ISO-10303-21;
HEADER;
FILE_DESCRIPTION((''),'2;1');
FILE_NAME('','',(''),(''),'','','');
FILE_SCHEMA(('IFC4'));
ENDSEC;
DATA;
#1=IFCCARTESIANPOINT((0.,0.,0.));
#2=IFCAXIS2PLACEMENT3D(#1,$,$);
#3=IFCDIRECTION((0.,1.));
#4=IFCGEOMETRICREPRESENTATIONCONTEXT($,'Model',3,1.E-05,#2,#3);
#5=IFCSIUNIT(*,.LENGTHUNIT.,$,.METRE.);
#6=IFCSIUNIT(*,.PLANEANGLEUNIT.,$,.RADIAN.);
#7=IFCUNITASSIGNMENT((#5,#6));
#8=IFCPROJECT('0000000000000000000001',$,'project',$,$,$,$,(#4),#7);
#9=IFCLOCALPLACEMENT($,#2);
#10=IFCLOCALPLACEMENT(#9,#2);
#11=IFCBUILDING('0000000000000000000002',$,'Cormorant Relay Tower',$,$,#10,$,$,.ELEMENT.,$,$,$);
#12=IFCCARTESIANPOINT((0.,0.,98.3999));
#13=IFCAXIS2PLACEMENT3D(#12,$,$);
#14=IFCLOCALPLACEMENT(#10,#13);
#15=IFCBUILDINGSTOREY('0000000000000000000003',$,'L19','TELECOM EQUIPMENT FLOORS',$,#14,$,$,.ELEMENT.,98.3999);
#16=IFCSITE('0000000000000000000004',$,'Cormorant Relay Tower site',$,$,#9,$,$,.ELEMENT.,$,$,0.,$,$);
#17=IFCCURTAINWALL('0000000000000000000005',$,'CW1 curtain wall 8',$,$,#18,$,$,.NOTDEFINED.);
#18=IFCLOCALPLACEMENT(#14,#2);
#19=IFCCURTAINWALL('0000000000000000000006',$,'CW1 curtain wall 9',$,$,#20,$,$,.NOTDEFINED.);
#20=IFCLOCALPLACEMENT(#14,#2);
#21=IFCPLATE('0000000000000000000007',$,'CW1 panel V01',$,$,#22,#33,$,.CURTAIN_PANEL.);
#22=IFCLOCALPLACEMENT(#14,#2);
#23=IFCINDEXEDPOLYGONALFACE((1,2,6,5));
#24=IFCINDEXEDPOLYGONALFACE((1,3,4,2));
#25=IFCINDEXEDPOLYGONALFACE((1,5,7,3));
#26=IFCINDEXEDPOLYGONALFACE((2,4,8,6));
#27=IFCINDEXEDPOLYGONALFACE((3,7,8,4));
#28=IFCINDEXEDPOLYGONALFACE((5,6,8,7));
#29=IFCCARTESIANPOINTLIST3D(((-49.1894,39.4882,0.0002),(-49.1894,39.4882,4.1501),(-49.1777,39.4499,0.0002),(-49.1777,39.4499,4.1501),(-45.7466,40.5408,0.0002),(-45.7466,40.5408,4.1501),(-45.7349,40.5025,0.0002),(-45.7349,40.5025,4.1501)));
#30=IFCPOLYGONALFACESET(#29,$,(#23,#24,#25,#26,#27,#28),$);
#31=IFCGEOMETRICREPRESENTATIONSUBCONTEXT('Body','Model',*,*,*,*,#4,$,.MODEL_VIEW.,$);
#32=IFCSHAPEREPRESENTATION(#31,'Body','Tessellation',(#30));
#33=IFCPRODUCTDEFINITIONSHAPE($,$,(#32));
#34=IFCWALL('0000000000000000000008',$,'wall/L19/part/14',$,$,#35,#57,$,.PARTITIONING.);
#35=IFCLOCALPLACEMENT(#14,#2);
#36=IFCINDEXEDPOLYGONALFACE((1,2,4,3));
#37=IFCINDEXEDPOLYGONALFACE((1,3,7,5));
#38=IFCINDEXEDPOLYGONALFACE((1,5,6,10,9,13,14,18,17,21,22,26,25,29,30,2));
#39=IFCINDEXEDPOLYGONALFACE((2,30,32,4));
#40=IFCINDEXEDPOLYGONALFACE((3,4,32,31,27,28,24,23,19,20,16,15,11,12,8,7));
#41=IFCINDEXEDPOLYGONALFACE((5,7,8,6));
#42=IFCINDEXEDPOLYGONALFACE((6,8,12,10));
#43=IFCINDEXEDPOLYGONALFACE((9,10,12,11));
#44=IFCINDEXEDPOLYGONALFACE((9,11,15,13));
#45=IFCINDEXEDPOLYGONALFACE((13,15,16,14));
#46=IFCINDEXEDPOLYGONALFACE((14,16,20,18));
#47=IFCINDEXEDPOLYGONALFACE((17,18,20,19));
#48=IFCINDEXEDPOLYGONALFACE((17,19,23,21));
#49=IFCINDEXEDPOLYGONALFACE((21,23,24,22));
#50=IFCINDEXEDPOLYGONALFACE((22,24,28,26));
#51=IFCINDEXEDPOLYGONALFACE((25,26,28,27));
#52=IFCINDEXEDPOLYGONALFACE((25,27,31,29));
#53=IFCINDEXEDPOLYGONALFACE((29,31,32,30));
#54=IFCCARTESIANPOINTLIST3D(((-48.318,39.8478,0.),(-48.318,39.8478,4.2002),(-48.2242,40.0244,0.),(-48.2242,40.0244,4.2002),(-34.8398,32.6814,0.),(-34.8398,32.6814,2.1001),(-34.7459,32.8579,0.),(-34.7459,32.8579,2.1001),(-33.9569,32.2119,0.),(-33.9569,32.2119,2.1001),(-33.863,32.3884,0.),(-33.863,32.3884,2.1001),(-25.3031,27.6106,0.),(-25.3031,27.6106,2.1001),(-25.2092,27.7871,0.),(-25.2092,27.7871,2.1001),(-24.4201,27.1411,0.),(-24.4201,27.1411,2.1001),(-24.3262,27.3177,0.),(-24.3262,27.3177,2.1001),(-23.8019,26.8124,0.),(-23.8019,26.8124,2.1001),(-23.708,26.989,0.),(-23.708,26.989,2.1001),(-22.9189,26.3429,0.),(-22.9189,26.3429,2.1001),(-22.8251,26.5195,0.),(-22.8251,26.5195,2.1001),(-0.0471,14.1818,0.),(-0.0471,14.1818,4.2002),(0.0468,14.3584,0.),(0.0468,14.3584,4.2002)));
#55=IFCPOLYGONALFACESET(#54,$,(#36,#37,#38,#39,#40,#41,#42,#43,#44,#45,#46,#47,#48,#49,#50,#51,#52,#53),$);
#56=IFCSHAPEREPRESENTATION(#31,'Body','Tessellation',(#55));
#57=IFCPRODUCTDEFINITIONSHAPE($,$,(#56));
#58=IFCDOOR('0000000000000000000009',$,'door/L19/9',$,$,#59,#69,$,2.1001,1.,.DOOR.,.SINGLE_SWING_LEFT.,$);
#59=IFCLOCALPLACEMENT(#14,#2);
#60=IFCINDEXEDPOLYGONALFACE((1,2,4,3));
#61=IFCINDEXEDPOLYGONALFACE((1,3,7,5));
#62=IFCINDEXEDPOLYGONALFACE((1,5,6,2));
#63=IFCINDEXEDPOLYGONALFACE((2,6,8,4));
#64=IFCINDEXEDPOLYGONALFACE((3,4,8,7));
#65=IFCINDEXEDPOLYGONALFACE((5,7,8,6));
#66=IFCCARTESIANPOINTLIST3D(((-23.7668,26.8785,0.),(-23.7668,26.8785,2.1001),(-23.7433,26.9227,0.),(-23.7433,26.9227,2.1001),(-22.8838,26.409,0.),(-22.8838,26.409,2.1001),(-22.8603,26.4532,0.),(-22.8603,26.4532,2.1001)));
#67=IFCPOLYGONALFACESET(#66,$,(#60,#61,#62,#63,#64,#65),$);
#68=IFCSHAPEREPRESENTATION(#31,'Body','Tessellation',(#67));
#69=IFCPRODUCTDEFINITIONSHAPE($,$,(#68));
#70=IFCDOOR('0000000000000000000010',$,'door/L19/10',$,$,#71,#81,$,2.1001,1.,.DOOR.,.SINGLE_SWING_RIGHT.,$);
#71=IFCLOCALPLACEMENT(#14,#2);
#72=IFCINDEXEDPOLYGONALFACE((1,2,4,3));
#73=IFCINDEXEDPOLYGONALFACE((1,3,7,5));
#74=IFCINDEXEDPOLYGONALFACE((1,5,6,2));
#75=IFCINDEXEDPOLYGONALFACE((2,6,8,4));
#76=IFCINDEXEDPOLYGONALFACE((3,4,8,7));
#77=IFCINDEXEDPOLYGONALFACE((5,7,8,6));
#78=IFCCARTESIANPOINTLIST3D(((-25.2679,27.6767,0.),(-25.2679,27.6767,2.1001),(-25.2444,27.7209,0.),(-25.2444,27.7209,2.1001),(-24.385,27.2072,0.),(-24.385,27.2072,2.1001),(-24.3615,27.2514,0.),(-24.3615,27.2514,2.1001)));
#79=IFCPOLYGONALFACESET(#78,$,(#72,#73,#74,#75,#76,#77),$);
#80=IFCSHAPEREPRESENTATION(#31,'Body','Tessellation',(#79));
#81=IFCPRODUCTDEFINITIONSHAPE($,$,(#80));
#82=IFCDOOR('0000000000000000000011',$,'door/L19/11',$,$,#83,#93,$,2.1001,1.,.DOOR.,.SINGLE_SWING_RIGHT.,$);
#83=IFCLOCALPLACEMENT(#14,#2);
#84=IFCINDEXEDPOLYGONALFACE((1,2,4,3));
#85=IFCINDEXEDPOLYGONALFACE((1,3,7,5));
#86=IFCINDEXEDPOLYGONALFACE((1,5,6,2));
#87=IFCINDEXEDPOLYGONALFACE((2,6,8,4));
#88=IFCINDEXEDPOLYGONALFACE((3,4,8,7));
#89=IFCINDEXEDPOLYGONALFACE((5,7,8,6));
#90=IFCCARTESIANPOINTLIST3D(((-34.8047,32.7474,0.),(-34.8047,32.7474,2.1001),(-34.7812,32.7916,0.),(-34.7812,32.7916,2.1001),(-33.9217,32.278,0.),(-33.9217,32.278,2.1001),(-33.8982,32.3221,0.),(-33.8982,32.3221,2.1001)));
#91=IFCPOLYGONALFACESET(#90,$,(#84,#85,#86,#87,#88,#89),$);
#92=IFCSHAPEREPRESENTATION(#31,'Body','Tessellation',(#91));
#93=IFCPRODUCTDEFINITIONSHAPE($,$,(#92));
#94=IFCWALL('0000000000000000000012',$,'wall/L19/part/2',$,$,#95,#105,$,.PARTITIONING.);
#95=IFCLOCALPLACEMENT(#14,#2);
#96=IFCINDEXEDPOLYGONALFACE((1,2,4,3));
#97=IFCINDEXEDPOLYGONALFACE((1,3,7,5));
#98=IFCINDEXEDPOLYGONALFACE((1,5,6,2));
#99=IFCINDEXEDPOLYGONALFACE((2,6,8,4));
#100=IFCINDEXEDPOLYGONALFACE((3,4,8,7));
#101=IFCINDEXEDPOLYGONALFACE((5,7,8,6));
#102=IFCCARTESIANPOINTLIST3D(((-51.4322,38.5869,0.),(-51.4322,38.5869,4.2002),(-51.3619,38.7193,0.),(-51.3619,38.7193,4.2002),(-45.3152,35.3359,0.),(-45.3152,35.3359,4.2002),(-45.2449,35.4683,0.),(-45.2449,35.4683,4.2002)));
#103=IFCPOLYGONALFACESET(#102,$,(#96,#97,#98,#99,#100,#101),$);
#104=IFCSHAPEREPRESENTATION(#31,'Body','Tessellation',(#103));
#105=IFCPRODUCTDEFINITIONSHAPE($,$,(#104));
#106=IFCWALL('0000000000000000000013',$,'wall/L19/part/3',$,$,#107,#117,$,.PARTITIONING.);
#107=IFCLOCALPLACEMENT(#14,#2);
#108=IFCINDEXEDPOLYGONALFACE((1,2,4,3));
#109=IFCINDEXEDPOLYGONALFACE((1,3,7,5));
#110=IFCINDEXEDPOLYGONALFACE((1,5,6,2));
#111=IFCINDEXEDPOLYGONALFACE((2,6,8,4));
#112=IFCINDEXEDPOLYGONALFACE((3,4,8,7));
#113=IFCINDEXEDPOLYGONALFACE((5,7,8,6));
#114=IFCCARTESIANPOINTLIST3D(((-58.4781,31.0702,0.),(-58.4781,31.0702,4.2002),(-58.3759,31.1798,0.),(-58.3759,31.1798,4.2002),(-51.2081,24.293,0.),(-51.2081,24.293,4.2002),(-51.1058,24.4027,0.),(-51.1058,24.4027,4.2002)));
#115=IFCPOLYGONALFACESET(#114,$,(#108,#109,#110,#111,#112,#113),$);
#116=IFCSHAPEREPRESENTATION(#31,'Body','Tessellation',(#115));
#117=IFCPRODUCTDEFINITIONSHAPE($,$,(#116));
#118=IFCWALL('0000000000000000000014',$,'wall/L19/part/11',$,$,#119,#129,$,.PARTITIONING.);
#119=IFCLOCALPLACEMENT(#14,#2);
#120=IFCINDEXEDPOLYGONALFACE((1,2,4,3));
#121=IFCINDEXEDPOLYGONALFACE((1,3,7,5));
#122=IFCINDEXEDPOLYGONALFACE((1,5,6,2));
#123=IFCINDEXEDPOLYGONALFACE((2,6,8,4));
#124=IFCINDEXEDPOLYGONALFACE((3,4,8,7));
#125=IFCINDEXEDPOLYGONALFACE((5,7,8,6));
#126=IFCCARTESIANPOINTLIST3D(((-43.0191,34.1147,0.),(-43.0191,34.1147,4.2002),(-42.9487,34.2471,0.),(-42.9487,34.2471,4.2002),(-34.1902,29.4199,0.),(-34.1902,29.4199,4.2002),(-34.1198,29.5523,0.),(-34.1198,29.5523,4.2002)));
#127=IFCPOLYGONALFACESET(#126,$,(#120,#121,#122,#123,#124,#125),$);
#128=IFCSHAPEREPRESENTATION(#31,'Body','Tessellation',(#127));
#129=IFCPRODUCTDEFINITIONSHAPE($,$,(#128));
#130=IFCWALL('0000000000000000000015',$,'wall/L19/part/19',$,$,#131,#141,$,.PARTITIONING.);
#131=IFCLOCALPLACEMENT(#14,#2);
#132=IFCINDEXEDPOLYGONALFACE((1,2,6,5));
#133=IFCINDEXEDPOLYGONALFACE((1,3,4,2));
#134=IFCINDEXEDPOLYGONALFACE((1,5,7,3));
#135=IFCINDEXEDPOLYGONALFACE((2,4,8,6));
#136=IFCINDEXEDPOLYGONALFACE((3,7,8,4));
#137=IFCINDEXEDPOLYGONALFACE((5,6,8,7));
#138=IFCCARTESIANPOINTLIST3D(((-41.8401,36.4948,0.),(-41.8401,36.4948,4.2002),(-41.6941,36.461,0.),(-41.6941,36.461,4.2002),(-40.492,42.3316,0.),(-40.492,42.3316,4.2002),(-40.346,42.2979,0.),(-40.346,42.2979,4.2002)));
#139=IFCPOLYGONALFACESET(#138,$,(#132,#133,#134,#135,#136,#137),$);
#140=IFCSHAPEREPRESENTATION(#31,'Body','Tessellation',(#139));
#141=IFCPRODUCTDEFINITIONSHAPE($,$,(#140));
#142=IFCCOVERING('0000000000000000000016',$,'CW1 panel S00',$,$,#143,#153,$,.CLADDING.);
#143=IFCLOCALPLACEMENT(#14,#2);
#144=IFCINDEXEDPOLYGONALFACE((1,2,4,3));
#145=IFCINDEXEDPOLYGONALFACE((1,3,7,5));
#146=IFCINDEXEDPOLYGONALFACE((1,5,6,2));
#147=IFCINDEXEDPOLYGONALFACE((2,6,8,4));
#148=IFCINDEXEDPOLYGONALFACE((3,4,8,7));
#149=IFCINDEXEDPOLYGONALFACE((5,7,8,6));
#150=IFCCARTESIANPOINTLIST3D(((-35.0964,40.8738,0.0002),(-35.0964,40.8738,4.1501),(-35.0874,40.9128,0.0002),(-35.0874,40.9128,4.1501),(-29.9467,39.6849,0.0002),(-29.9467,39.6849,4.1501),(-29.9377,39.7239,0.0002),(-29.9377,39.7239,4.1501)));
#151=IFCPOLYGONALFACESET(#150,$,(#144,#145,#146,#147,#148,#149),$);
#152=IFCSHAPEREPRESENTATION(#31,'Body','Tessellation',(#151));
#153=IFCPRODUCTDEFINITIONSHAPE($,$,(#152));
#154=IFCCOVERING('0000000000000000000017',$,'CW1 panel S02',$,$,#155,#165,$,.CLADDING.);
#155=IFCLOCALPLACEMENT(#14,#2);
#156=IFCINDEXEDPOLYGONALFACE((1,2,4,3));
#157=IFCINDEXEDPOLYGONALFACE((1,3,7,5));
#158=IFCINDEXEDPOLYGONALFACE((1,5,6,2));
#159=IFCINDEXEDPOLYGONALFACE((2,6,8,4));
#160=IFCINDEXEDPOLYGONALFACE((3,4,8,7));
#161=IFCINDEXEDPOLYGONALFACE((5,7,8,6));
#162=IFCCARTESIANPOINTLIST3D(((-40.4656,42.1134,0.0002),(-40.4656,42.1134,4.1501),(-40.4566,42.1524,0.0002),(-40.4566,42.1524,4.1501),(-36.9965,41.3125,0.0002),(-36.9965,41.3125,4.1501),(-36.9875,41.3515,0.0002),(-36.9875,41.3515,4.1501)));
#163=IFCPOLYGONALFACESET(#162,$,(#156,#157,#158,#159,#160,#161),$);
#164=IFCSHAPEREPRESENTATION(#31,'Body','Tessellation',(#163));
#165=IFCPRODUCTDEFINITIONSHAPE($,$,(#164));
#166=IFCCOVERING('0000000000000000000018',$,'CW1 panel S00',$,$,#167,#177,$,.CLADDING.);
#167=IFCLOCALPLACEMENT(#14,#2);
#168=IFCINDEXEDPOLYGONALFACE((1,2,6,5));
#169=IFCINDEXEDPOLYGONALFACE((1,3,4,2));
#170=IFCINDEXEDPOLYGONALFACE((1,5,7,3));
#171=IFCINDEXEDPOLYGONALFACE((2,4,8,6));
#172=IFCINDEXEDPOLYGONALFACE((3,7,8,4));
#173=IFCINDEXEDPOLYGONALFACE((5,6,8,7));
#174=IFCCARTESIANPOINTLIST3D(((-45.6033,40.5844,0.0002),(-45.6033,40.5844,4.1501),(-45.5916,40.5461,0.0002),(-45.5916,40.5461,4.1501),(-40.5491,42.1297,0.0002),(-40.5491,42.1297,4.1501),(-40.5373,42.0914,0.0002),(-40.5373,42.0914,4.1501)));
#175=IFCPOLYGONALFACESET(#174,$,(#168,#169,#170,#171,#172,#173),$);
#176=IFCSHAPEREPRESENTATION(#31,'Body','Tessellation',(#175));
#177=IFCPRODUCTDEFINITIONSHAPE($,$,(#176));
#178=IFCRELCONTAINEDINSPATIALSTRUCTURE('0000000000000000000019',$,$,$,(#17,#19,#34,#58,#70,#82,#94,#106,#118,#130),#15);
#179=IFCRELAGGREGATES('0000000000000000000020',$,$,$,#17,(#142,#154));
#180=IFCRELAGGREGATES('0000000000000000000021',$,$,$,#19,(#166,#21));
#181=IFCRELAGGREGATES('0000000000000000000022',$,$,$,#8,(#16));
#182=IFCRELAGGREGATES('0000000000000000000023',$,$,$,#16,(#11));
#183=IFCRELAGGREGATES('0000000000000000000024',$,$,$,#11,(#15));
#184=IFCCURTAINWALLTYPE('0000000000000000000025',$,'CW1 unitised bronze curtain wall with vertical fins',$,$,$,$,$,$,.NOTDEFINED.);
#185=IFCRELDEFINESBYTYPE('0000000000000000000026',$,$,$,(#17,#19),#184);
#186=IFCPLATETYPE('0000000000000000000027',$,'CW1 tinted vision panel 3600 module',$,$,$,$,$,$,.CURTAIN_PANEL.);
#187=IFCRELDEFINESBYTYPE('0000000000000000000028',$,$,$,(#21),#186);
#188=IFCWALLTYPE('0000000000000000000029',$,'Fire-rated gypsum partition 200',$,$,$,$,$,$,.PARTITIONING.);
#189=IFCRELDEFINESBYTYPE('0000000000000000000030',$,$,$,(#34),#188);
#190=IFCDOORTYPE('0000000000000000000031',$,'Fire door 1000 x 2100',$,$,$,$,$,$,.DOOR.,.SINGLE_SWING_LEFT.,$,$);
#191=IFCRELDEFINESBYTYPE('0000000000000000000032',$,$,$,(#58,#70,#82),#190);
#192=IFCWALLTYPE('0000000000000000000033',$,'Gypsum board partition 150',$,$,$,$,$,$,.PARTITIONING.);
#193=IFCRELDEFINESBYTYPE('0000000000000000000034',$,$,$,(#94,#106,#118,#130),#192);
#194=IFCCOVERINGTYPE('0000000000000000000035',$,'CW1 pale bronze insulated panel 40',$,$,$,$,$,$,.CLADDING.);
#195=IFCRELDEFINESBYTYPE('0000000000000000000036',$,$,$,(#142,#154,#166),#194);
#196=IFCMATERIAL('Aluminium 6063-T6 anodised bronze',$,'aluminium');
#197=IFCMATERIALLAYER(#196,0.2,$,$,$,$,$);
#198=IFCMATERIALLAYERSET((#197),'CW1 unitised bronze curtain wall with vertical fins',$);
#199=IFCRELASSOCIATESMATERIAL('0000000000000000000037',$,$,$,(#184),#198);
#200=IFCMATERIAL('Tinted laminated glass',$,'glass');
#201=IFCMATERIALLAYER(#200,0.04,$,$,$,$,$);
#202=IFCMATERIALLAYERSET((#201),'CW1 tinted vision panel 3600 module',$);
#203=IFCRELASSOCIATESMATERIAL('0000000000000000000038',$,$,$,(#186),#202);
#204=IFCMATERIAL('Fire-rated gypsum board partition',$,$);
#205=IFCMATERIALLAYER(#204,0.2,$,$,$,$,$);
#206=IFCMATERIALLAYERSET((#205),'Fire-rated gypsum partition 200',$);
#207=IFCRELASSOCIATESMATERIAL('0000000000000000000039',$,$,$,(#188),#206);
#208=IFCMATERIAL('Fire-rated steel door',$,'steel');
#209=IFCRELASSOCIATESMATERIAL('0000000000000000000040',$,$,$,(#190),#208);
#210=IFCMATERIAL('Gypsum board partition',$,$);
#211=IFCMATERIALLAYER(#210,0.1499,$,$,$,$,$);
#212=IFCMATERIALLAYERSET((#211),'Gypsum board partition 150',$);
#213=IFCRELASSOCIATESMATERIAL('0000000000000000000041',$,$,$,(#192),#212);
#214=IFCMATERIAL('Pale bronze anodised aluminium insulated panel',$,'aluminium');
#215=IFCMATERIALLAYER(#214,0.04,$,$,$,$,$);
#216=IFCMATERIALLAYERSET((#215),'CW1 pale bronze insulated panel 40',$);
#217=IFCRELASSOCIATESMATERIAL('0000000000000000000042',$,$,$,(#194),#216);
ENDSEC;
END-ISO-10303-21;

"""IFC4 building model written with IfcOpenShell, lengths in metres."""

from ifc_helpers import new_model, si_unit, direction, frame, frame_2d, origin, origin_2d, place, context, subcontext, project, spatial, rectangle, extrude, material, layer, layer_set, type_object, element, fill, aggregate, save


model = new_model("IFC4")

# Units and contexts
model_context = context("Model", 3, precision=1e-05, world=origin(), true_north=direction((0.0, 1.0)))
body_context = subcontext(model_context, "Body", "Model", "MODEL_VIEW")
ifc_project = project(units=[si_unit("LENGTHUNIT", "METRE"), si_unit("PLANEANGLEUNIT", "RADIAN")], contexts=[model_context])

# Site, building, storey
site_placement = place(None, origin())
site = spatial("IfcSite", under=ifc_project, at=site_placement, Name="Cormorant Relay Tower site", CompositionType="ELEMENT", RefElevation=0.0)
building_placement = place(site_placement, origin())
building = spatial("IfcBuilding", under=site, at=building_placement, Name="Cormorant Relay Tower", CompositionType="ELEMENT")
storey_placement = place(building_placement, frame((0.0, 0.0, 98.3999)))
storey = spatial("IfcBuildingStorey", under=building, at=storey_placement, Name="L19", Description="TELECOM EQUIPMENT FLOORS", CompositionType="ELEMENT", Elevation=98.3999)

# Curtain wall
ifc_material_1 = material(Name="Aluminium 6063-T6 anodised bronze", Category="aluminium")
ifc_layer_1 = layer(ifc_material_1, 0.2)
ifc_layer_set_1 = layer_set([ifc_layer_1], Name="CW1 unitised bronze curtain wall with vertical fins")
curtain_wall_type = type_object("IfcCurtainWallType", Name="CW1 unitised bronze curtain wall with vertical fins", PredefinedType="NOTDEFINED", material=ifc_layer_set_1)
curtain_wall_1_placement = place(storey_placement, origin())
curtain_wall_1 = element("IfcCurtainWall", 1, at=curtain_wall_1_placement, inside=storey, type_object=curtain_wall_type, Name="CW1 curtain wall 8", PredefinedType="NOTDEFINED")

# Curtain wall
curtain_wall_2_placement = place(storey_placement, origin())
curtain_wall_2 = element("IfcCurtainWall", 2, at=curtain_wall_2_placement, inside=storey, type_object=curtain_wall_type, Name="CW1 curtain wall 9", PredefinedType="NOTDEFINED")

# Plate
ifc_material_2 = material(Name="Tinted laminated glass", Category="glass")
ifc_layer_2 = layer(ifc_material_2, 0.04)
ifc_layer_set_2 = layer_set([ifc_layer_2], Name="CW1 tinted vision panel 3600 module")
plate_type_1 = type_object("IfcPlateType", Name="CW1 tinted vision panel 3600 module", PredefinedType="CURTAIN_PANEL", material=ifc_layer_set_2)
plate_1_placement = place(storey_placement, frame((-47.4622, 39.9954, 0.0002), z_axis=(0.0, 0.0, 1.0), x_axis=(-0.956305, -0.292372, 0.0)))
plate_1 = element("IfcPlate", 3, at=plate_1_placement, type_object=plate_type_1, Name="CW1 panel V01", PredefinedType="CURTAIN_PANEL", context=body_context, shape_type="SweptSolid", body=[
    extrude(rectangle(XDim=3.6001, YDim=0.04, at=origin_2d()), origin(), (0.0, 0.0, 1.0), 4.1499),
])

# Wall, openings, doors
ifc_material_3 = material(Name="Fire-rated gypsum board partition")
ifc_layer_3 = layer(ifc_material_3, 0.2)
ifc_layer_set_3 = layer_set([ifc_layer_3], Name="Fire-rated gypsum partition 200")
wall_type_1 = type_object("IfcWallType", Name="Fire-rated gypsum partition 200", PredefinedType="PARTITIONING", material=ifc_layer_set_3)
wall_1_placement = place(storey_placement, frame((-48.271, 39.936, 0.0), z_axis=(0.0, 0.0, 1.0), x_axis=(0.882949, -0.46947, 0.0)))
wall_1 = element("IfcWall", 4, at=wall_1_placement, inside=storey, type_object=wall_type_1, Name="wall/L19/part/14", PredefinedType="PARTITIONING", context=body_context, shape_type="SweptSolid", body=[
    extrude(rectangle(XDim=54.6702, YDim=0.2, at=frame_2d((27.335, 0.0))), origin(), (0.0, 0.0, 1.0), 4.2002),
])
opening_1_placement = place(wall_1_placement, frame((27.7661, 0.0, 0.0)))
opening_1 = element("IfcOpeningElement", 5, at=opening_1_placement, cuts=wall_1, PredefinedType="OPENING", context=body_context, shape_type="SweptSolid", body=[
    extrude(rectangle(XDim=1.0, YDim=2.1001, at=frame_2d((0.5, 1.05))), frame((0.0, 0.1099, 0.0), z_axis=(0.0, -1.0, 0.0), x_axis=(1.0, 0.0, 0.0)), (0.0, 0.0, 1.0), 0.22),
])
opening_2_placement = place(wall_1_placement, frame((26.0659, 0.0, 0.0)))
opening_2 = element("IfcOpeningElement", 6, at=opening_2_placement, cuts=wall_1, PredefinedType="OPENING", context=body_context, shape_type="SweptSolid", body=[
    extrude(rectangle(XDim=1.0, YDim=2.1001, at=frame_2d((0.5, 1.05))), frame((0.0, 0.1099, 0.0), z_axis=(0.0, -1.0, 0.0), x_axis=(1.0, 0.0, 0.0)), (0.0, 0.0, 1.0), 0.22),
])
opening_3_placement = place(wall_1_placement, frame((15.2649, 0.0, 0.0)))
opening_3 = element("IfcOpeningElement", 7, at=opening_3_placement, cuts=wall_1, PredefinedType="OPENING", context=body_context, shape_type="SweptSolid", body=[
    extrude(rectangle(XDim=1.0, YDim=2.1001, at=frame_2d((0.5, 1.05))), frame((0.0, 0.1099, 0.0), z_axis=(0.0, -1.0, 0.0), x_axis=(1.0, 0.0, 0.0)), (0.0, 0.0, 1.0), 0.22),
])
ifc_material_4 = material(Name="Fire-rated steel door", Category="steel")
door_type = type_object("IfcDoorType", Name="Fire door 1000 x 2100", OperationType="SINGLE_SWING_LEFT", PredefinedType="DOOR", material=ifc_material_4)
door_1_placement = place(opening_1_placement, origin())
door_1 = element("IfcDoor", 8, at=door_1_placement, inside=storey, type_object=door_type, Name="door/L19/9", OperationType="SINGLE_SWING_LEFT", OverallHeight=2.1001, OverallWidth=1.0, PredefinedType="DOOR", context=body_context, shape_type="SweptSolid", body=[
    extrude(rectangle(XDim=1.0, YDim=2.1001, at=frame_2d((0.5, 1.05))), frame((0.0, 0.0249, 0.0), z_axis=(0.0, -1.0, 0.0), x_axis=(1.0, 0.0, 0.0)), (0.0, 0.0, 1.0), 0.05),
])
fill(opening_1, door_1)
door_2_placement = place(opening_2_placement, origin())
door_2 = element("IfcDoor", 9, at=door_2_placement, inside=storey, type_object=door_type, Name="door/L19/10", OperationType="SINGLE_SWING_RIGHT", OverallHeight=2.1001, OverallWidth=1.0, PredefinedType="DOOR", context=body_context, shape_type="SweptSolid", body=[
    extrude(rectangle(XDim=1.0, YDim=2.1001, at=frame_2d((0.5, 1.05))), frame((0.0, 0.0249, 0.0), z_axis=(0.0, -1.0, 0.0), x_axis=(1.0, 0.0, 0.0)), (0.0, 0.0, 1.0), 0.05),
])
fill(opening_2, door_2)
door_3_placement = place(opening_3_placement, origin())
door_3 = element("IfcDoor", 10, at=door_3_placement, inside=storey, type_object=door_type, Name="door/L19/11", OperationType="SINGLE_SWING_RIGHT", OverallHeight=2.1001, OverallWidth=1.0, PredefinedType="DOOR", context=body_context, shape_type="SweptSolid", body=[
    extrude(rectangle(XDim=1.0, YDim=2.1001, at=frame_2d((0.5, 1.05))), frame((0.0, 0.0249, 0.0), z_axis=(0.0, -1.0, 0.0), x_axis=(1.0, 0.0, 0.0)), (0.0, 0.0, 1.0), 0.05),
])
fill(opening_3, door_3)

# Walls
ifc_material_5 = material(Name="Gypsum board partition")
ifc_layer_4 = layer(ifc_material_5, 0.1499)
ifc_layer_set_4 = layer_set([ifc_layer_4], Name="Gypsum board partition 150")
wall_type_2 = type_object("IfcWallType", Name="Gypsum board partition 150", PredefinedType="PARTITIONING", material=ifc_layer_set_4)
wall_2_placement = place(storey_placement, frame((-45.28, 35.4021, 0.0), z_axis=(0.0, 0.0, 1.0), x_axis=(-0.883035, 0.469307, 0.0)))
element("IfcWall", 11, at=wall_2_placement, inside=storey, type_object=wall_type_2, Name="wall/L19/part/2", PredefinedType="PARTITIONING", context=body_context, shape_type="SweptSolid", body=[
    extrude(rectangle(XDim=6.9272, YDim=0.1499, at=frame_2d((3.4636, 0.0))), origin(), (0.0, 0.0, 1.0), 4.2002),
])
wall_3_placement = place(storey_placement, frame((-58.427, 31.125, 0.0), z_axis=(0.0, 0.0, 1.0), x_axis=(0.731469, -0.681874, 0.0)))
element("IfcWall", 12, at=wall_3_placement, inside=storey, type_object=wall_type_2, Name="wall/L19/part/3", PredefinedType="PARTITIONING", context=body_context, shape_type="SweptSolid", body=[
    extrude(rectangle(XDim=9.939, YDim=0.1499, at=frame_2d((4.9695, 0.0))), origin(), (0.0, 0.0, 1.0), 4.2002),
])
wall_4_placement = place(storey_placement, frame((-42.9839, 34.1809, 0.0), z_axis=(0.0, 0.0, 1.0), x_axis=(0.882929, -0.469506, 0.0)))
element("IfcWall", 13, at=wall_4_placement, inside=storey, type_object=wall_type_2, Name="wall/L19/part/11", PredefinedType="PARTITIONING", context=body_context, shape_type="SweptSolid", body=[
    extrude(rectangle(XDim=9.9995, YDim=0.1499, at=frame_2d((4.9998, 0.0))), origin(), (0.0, 0.0, 1.0), 4.2002),
])
wall_5_placement = place(storey_placement, frame((-41.7671, 36.478, 0.0), z_axis=(0.0, 0.0, 1.0), x_axis=(0.225044, 0.974349, 0.0)))
element("IfcWall", 14, at=wall_5_placement, inside=storey, type_object=wall_type_2, Name="wall/L19/part/19", PredefinedType="PARTITIONING", context=body_context, shape_type="SweptSolid", body=[
    extrude(rectangle(XDim=5.9905, YDim=0.1499, at=frame_2d((2.9951, 0.0))), origin(), (0.0, 0.0, 1.0), 4.2002),
])

# Coverings
ifc_material_6 = material(Name="Pale bronze anodised aluminium insulated panel", Category="aluminium")
ifc_layer_5 = layer(ifc_material_6, 0.04)
ifc_layer_set_5 = layer_set([ifc_layer_5], Name="CW1 pale bronze insulated panel 40")
covering_type = type_object("IfcCoveringType", Name="CW1 pale bronze insulated panel 40", PredefinedType="CLADDING", material=ifc_layer_set_5)
covering_1_placement = place(storey_placement, frame((-32.5171, 40.2988, 0.0002), z_axis=(0.0, 0.0, 1.0), x_axis=(-0.97437, 0.224951, 0.0)))
covering_1 = element("IfcCovering", 15, at=covering_1_placement, type_object=covering_type, Name="CW1 panel S00", PredefinedType="CLADDING", context=body_context, shape_type="SweptSolid", body=[
    extrude(rectangle(XDim=5.2852, YDim=0.04, at=origin_2d()), origin(), (0.0, 0.0, 1.0), 4.1499),
])
covering_2_placement = place(storey_placement, frame((-38.7266, 41.7324, 0.0002), z_axis=(0.0, 0.0, 1.0), x_axis=(-0.97437, 0.224951, 0.0)))
covering_2 = element("IfcCovering", 16, at=covering_2_placement, type_object=covering_type, Name="CW1 panel S02", PredefinedType="CLADDING", context=body_context, shape_type="SweptSolid", body=[
    extrude(rectangle(XDim=3.5603, YDim=0.04, at=origin_2d()), origin(), (0.0, 0.0, 1.0), 4.1499),
])
aggregate(curtain_wall_1, [covering_1, covering_2])
covering_3_placement = place(storey_placement, frame((-43.0703, 41.3379, 0.0002), z_axis=(0.0, 0.0, 1.0), x_axis=(-0.956305, -0.292372, 0.0)))
covering_3 = element("IfcCovering", 17, at=covering_3_placement, type_object=covering_type, Name="CW1 panel S00", PredefinedType="CLADDING", context=body_context, shape_type="SweptSolid", body=[
    extrude(rectangle(XDim=5.2852, YDim=0.04, at=origin_2d()), origin(), (0.0, 0.0, 1.0), 4.1499),
])
aggregate(curtain_wall_2, [covering_3, plate_1])

save(model, "model.ifc")
